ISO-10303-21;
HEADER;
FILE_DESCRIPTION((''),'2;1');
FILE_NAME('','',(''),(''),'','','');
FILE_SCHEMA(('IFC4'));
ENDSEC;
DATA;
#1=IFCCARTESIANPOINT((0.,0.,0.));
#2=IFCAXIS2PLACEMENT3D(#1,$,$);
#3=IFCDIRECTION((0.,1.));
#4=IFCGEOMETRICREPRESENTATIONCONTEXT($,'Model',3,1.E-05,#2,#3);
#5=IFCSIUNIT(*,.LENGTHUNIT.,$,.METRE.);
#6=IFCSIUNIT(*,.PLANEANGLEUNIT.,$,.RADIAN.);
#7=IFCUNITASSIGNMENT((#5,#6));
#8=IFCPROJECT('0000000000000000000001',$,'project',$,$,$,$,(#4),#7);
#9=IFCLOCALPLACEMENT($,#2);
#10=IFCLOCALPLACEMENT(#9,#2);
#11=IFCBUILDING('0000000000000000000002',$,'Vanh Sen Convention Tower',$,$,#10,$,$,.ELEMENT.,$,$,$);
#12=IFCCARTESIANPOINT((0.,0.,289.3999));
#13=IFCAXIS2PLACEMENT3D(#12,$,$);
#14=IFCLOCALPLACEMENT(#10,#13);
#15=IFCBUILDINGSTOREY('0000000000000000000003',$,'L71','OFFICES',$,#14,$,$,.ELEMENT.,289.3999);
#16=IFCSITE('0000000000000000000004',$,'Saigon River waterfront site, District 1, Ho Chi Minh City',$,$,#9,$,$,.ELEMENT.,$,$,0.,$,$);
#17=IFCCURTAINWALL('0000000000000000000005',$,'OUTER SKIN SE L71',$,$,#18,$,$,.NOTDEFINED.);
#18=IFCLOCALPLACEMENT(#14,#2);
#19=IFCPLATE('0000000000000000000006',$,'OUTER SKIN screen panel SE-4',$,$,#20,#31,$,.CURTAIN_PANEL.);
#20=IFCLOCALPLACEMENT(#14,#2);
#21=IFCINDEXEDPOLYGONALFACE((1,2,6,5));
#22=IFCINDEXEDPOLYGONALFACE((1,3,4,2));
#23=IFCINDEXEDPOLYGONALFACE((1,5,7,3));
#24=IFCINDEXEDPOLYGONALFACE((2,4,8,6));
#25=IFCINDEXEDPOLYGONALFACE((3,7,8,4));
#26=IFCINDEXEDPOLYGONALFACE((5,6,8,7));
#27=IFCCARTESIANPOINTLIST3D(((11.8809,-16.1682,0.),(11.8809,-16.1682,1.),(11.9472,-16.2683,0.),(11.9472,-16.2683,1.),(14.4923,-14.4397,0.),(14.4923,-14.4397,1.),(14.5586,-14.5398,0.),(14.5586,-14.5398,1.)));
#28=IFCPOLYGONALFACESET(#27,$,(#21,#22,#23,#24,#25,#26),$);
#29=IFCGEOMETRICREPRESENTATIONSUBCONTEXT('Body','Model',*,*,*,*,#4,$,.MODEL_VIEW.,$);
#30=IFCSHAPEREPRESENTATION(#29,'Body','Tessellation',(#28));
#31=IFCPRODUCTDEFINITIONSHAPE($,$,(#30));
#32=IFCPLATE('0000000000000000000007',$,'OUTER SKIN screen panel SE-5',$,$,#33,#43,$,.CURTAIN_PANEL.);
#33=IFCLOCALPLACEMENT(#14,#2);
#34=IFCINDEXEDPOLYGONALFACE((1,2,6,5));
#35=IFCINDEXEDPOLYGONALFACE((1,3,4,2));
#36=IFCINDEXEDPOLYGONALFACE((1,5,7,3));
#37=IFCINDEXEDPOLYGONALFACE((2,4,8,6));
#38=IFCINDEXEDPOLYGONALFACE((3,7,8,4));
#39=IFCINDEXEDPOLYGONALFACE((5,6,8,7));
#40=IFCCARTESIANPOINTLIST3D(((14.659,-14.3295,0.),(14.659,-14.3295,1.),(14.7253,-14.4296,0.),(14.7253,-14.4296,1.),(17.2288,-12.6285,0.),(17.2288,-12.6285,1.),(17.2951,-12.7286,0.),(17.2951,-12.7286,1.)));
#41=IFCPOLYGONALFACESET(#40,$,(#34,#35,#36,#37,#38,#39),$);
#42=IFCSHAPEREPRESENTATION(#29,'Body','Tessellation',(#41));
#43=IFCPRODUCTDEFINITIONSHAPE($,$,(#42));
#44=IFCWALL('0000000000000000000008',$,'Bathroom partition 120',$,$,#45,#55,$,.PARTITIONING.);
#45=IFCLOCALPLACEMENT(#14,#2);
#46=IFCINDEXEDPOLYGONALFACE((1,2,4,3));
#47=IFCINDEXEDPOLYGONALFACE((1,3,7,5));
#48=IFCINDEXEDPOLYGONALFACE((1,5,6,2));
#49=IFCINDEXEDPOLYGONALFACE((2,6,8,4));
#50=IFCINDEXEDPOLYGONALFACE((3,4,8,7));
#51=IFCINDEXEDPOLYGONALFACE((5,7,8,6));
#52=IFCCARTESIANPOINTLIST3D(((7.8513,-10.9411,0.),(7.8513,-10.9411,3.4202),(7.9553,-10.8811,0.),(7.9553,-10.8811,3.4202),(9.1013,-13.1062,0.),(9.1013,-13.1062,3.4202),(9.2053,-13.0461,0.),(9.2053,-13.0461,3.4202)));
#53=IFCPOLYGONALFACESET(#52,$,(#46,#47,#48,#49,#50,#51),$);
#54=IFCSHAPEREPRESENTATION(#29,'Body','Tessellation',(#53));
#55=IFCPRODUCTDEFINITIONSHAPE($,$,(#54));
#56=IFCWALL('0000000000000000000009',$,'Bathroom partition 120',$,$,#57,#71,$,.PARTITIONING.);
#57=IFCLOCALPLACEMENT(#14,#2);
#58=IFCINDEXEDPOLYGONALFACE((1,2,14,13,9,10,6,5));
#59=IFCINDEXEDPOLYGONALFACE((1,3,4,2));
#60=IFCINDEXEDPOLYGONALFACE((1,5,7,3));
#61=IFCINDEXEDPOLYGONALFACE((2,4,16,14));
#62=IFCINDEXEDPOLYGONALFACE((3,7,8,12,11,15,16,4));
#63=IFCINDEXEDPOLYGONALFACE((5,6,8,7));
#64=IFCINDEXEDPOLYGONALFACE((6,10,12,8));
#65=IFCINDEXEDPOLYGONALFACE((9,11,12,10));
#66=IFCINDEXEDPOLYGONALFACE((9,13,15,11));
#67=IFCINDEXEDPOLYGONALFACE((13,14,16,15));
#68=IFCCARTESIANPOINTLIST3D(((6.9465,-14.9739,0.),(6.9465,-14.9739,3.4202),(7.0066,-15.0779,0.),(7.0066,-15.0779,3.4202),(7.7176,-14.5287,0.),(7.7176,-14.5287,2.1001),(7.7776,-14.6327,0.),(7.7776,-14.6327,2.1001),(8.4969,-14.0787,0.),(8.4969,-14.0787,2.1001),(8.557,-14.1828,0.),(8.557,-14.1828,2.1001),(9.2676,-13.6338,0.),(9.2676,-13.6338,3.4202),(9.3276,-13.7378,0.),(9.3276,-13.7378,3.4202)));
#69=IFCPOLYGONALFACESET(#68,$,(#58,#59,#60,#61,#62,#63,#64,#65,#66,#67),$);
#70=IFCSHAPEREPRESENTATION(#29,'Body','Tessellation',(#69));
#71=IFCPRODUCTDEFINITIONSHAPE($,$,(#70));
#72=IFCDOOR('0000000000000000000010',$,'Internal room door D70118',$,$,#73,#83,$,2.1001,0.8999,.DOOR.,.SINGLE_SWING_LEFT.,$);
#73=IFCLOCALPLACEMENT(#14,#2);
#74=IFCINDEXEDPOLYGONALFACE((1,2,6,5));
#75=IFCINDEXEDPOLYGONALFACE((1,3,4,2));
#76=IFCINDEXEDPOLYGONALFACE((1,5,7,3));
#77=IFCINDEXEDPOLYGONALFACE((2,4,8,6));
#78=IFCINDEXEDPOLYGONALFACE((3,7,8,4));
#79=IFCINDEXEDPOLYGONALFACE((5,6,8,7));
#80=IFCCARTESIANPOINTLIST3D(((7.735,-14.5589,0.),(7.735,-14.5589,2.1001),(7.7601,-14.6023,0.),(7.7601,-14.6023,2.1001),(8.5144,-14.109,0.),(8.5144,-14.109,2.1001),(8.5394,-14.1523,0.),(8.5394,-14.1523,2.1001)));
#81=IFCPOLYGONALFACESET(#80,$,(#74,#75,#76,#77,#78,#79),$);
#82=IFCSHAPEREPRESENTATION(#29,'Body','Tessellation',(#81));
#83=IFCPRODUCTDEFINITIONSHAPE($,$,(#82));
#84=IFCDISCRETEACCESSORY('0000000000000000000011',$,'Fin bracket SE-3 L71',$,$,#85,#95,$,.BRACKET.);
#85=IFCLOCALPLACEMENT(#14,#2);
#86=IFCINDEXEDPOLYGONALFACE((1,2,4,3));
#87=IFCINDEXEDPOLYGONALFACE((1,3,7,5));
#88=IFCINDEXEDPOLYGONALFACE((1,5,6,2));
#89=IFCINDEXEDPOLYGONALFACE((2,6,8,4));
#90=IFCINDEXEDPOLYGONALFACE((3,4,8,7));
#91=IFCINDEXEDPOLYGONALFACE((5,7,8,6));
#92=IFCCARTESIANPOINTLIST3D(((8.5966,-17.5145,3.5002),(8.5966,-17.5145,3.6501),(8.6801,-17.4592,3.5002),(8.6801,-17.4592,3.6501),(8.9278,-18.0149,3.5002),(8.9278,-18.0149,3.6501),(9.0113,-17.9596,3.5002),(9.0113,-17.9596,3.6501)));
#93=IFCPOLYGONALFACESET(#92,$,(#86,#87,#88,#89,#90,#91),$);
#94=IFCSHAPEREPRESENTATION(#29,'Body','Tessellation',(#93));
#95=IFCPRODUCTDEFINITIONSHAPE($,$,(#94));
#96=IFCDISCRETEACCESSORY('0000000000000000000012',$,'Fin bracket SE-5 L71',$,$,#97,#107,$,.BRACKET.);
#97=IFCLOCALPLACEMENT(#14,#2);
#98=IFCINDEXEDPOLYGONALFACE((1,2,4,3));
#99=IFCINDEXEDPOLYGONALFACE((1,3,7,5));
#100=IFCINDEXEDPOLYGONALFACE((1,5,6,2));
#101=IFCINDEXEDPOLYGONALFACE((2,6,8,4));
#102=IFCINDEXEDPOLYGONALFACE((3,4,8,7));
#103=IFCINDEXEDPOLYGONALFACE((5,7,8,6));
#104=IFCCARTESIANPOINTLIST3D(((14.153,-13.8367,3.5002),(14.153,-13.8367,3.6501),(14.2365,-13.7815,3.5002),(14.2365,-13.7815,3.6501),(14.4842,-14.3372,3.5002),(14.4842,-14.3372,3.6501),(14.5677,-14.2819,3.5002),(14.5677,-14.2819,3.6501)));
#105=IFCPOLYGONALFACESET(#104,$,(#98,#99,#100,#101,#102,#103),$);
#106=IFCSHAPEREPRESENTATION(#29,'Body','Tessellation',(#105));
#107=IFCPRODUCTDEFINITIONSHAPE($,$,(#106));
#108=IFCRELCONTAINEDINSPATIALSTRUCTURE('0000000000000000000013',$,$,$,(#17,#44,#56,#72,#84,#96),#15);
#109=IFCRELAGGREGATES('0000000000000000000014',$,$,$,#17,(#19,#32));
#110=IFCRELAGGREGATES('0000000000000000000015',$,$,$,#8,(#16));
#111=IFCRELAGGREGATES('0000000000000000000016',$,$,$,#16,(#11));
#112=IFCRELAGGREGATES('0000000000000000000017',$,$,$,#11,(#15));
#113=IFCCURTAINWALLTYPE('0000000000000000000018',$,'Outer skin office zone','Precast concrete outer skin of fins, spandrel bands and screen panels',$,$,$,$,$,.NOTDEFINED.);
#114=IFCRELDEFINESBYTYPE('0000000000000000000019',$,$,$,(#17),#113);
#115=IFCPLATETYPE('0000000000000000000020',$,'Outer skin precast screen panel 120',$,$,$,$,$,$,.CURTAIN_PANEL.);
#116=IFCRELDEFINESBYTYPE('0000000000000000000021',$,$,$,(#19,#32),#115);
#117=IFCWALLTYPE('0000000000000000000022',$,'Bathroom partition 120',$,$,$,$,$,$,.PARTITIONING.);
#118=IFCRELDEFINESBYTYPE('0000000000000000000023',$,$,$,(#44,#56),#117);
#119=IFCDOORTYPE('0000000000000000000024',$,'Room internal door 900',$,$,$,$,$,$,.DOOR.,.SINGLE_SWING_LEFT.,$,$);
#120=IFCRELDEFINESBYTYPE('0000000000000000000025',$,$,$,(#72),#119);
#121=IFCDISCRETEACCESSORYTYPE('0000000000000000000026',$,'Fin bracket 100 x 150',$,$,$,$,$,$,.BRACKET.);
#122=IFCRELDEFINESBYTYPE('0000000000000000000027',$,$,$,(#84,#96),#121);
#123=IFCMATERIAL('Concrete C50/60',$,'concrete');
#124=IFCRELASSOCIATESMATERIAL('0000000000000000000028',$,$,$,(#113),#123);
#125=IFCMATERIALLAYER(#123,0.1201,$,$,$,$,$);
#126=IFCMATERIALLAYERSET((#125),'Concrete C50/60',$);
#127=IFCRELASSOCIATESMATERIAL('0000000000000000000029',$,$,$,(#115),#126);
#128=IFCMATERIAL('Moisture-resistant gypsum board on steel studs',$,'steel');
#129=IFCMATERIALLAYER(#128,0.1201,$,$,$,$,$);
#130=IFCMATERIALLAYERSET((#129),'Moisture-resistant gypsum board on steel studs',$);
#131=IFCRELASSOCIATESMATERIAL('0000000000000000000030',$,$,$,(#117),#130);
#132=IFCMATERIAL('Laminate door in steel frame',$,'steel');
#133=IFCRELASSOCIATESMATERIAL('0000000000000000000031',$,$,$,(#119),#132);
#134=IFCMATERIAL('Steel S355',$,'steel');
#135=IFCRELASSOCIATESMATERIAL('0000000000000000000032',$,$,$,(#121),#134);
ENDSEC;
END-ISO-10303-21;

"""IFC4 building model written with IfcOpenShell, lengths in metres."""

from ifc_helpers import new_model, si_unit, direction, frame, frame_2d, origin, origin_2d, place, context, subcontext, project, spatial, rectangle, extrude, material, layer, layer_set, type_object, element, fill, aggregate, save


model = new_model("IFC4")

# Units and contexts
model_context = context("Model", 3, precision=1e-05, world=origin(), true_north=direction((0.0, 1.0)))
body_context = subcontext(model_context, "Body", "Model", "MODEL_VIEW")
ifc_project = project(units=[si_unit("LENGTHUNIT", "METRE"), si_unit("PLANEANGLEUNIT", "RADIAN")], contexts=[model_context])

# Site, building, storey
site_placement = place(None, origin())
site = spatial("IfcSite", under=ifc_project, at=site_placement, Name="Saigon River waterfront site, District 1, Ho Chi Minh City", CompositionType="ELEMENT", RefElevation=0.0)
building_placement = place(site_placement, origin())
building = spatial("IfcBuilding", under=site, at=building_placement, Name="Vanh Sen Convention Tower", CompositionType="ELEMENT")
storey_placement = place(building_placement, frame((0.0, 0.0, 289.3999)))
storey = spatial("IfcBuildingStorey", under=building, at=storey_placement, Name="L71", Description="OFFICES", CompositionType="ELEMENT", Elevation=289.3999)

# Curtain wall
ifc_material_1 = material(Name="Concrete C50/60", Category="concrete")
curtain_wall_type = type_object("IfcCurtainWallType", Name="Outer skin office zone", Description="Precast concrete outer skin of fins, spandrel bands and screen panels", PredefinedType="NOTDEFINED", material=ifc_material_1)
curtain_wall_1_placement = place(storey_placement, origin())
curtain_wall_1 = element("IfcCurtainWall", 1, at=curtain_wall_1_placement, inside=storey, type_object=curtain_wall_type, Name="OUTER SKIN SE L71", PredefinedType="NOTDEFINED")

# Plates
ifc_layer_1 = layer(ifc_material_1, 0.1201)
ifc_layer_set_1 = layer_set([ifc_layer_1], Name="Concrete C50/60")
plate_type = type_object("IfcPlateType", Name="Outer skin precast screen panel 120", PredefinedType="CURTAIN_PANEL", material=ifc_layer_set_1)
plate_1_placement = place(storey_placement, frame((13.2197, -15.354, 0.0), z_axis=(0.0, 0.0, 1.0), x_axis=(0.833879, 0.551947, 0.0)))
plate_1 = element("IfcPlate", 2, at=plate_1_placement, type_object=plate_type, Name="OUTER SKIN screen panel SE-4", PredefinedType="CURTAIN_PANEL", context=body_context, shape_type="SweptSolid", body=[
    extrude(rectangle(XDim=3.1316, YDim=0.1201, at=origin_2d()), origin(), (0.0, 0.0, 1.0), 1.0),
])
plate_2_placement = place(storey_placement, frame((15.9771, -13.5291, 0.0), z_axis=(0.0, 0.0, 1.0), x_axis=(0.833879, 0.551947, 0.0)))
plate_2 = element("IfcPlate", 3, at=plate_2_placement, type_object=plate_type, Name="OUTER SKIN screen panel SE-5", PredefinedType="CURTAIN_PANEL", context=body_context, shape_type="SweptSolid", body=[
    extrude(rectangle(XDim=3.0818, YDim=0.1201, at=origin_2d()), origin(), (0.0, 0.0, 1.0), 1.0),
])
aggregate(curtain_wall_1, [plate_1, plate_2])

# Wall
ifc_material_2 = material(Name="Moisture-resistant gypsum board on steel studs", Category="steel")
ifc_layer_2 = layer(ifc_material_2, 0.1201)
ifc_layer_set_2 = layer_set([ifc_layer_2], Name="Moisture-resistant gypsum board on steel studs")
wall_type = type_object("IfcWallType", Name="Bathroom partition 120", PredefinedType="PARTITIONING", material=ifc_layer_set_2)
wall_1_placement = place(storey_placement, frame((9.1533, -13.0762, 0.0), z_axis=(0.0, 0.0, 1.0), x_axis=(-0.500004, 0.866023, 0.0)))
element("IfcWall", 4, at=wall_1_placement, inside=storey, type_object=wall_type, Name="Bathroom partition 120", PredefinedType="PARTITIONING", context=body_context, shape_type="SweptSolid", body=[
    extrude(rectangle(XDim=2.5, YDim=0.1201, at=frame_2d((1.25, 0.0))), origin(), (0.0, 0.0, 1.0), 3.4202),
])

# Wall, opening, door
wall_2_placement = place(storey_placement, frame((9.2976, -13.6858, 0.0), z_axis=(0.0, 0.0, 1.0), x_axis=(-0.86602, -0.500009, 0.0)))
wall_2 = element("IfcWall", 5, at=wall_2_placement, inside=storey, type_object=wall_type, Name="Bathroom partition 120", PredefinedType="PARTITIONING", context=body_context, shape_type="SweptSolid", body=[
    extrude(rectangle(XDim=2.6802, YDim=0.1201, at=frame_2d((1.3401, 0.0))), origin(), (0.0, 0.0, 1.0), 3.4202),
])
opening_placement = place(wall_2_placement, frame((0.8899, 0.0, 0.0)))
opening = element("IfcOpeningElement", 6, at=opening_placement, cuts=wall_2, PredefinedType="OPENING", context=body_context, shape_type="SweptSolid", body=[
    extrude(rectangle(XDim=0.8999, YDim=2.1001, at=frame_2d((0.45, 1.05))), frame((0.0, 0.0701, 0.0), z_axis=(0.0, -1.0, 0.0), x_axis=(1.0, 0.0, 0.0)), (0.0, 0.0, 1.0), 0.1401),
])
ifc_material_3 = material(Name="Laminate door in steel frame", Category="steel")
door_type = type_object("IfcDoorType", Name="Room internal door 900", OperationType="SINGLE_SWING_LEFT", PredefinedType="DOOR", material=ifc_material_3)
door_placement = place(opening_placement, origin())
door = element("IfcDoor", 7, at=door_placement, inside=storey, type_object=door_type, Name="Internal room door D70118", OperationType="SINGLE_SWING_LEFT", OverallHeight=2.1001, OverallWidth=0.8999, PredefinedType="DOOR", context=body_context, shape_type="SweptSolid", body=[
    extrude(rectangle(XDim=0.8999, YDim=2.1001, at=frame_2d((0.45, 1.05))), frame((0.0, 0.0249, 0.0), z_axis=(0.0, -1.0, 0.0), x_axis=(1.0, 0.0, 0.0)), (0.0, 0.0, 1.0), 0.05),
])
fill(opening, door)

# Discrete accessories
ifc_material_4 = material(Name="Steel S355", Category="steel")
discrete_accessory_type = type_object("IfcDiscreteAccessoryType", Name="Fin bracket 100 x 150", PredefinedType="BRACKET", material=ifc_material_4)
for number, where, z_axis, x_axis, name in (
    (8, (8.804, -17.7371, 3.5002), (0.0, 0.0, 1.0), (0.551937, -0.833886, 0.0), "Fin bracket SE-3 L71"),
    (9, (14.3604, -14.0593, 3.5002), (0.0, 0.0, 1.0), (0.551937, -0.833886, 0.0), "Fin bracket SE-5 L71"),
):
    element("IfcDiscreteAccessory", number, at=place(storey_placement, frame(where, z_axis=z_axis, x_axis=x_axis)), inside=storey, type_object=discrete_accessory_type, Name=name, PredefinedType="BRACKET", context=body_context, shape_type="SweptSolid", body=[
        extrude(rectangle(XDim=0.6001, YDim=0.1001, at=origin_2d()), origin(), (0.0, 0.0, 1.0), 0.1499),
    ])

save(model, "model.ifc")
